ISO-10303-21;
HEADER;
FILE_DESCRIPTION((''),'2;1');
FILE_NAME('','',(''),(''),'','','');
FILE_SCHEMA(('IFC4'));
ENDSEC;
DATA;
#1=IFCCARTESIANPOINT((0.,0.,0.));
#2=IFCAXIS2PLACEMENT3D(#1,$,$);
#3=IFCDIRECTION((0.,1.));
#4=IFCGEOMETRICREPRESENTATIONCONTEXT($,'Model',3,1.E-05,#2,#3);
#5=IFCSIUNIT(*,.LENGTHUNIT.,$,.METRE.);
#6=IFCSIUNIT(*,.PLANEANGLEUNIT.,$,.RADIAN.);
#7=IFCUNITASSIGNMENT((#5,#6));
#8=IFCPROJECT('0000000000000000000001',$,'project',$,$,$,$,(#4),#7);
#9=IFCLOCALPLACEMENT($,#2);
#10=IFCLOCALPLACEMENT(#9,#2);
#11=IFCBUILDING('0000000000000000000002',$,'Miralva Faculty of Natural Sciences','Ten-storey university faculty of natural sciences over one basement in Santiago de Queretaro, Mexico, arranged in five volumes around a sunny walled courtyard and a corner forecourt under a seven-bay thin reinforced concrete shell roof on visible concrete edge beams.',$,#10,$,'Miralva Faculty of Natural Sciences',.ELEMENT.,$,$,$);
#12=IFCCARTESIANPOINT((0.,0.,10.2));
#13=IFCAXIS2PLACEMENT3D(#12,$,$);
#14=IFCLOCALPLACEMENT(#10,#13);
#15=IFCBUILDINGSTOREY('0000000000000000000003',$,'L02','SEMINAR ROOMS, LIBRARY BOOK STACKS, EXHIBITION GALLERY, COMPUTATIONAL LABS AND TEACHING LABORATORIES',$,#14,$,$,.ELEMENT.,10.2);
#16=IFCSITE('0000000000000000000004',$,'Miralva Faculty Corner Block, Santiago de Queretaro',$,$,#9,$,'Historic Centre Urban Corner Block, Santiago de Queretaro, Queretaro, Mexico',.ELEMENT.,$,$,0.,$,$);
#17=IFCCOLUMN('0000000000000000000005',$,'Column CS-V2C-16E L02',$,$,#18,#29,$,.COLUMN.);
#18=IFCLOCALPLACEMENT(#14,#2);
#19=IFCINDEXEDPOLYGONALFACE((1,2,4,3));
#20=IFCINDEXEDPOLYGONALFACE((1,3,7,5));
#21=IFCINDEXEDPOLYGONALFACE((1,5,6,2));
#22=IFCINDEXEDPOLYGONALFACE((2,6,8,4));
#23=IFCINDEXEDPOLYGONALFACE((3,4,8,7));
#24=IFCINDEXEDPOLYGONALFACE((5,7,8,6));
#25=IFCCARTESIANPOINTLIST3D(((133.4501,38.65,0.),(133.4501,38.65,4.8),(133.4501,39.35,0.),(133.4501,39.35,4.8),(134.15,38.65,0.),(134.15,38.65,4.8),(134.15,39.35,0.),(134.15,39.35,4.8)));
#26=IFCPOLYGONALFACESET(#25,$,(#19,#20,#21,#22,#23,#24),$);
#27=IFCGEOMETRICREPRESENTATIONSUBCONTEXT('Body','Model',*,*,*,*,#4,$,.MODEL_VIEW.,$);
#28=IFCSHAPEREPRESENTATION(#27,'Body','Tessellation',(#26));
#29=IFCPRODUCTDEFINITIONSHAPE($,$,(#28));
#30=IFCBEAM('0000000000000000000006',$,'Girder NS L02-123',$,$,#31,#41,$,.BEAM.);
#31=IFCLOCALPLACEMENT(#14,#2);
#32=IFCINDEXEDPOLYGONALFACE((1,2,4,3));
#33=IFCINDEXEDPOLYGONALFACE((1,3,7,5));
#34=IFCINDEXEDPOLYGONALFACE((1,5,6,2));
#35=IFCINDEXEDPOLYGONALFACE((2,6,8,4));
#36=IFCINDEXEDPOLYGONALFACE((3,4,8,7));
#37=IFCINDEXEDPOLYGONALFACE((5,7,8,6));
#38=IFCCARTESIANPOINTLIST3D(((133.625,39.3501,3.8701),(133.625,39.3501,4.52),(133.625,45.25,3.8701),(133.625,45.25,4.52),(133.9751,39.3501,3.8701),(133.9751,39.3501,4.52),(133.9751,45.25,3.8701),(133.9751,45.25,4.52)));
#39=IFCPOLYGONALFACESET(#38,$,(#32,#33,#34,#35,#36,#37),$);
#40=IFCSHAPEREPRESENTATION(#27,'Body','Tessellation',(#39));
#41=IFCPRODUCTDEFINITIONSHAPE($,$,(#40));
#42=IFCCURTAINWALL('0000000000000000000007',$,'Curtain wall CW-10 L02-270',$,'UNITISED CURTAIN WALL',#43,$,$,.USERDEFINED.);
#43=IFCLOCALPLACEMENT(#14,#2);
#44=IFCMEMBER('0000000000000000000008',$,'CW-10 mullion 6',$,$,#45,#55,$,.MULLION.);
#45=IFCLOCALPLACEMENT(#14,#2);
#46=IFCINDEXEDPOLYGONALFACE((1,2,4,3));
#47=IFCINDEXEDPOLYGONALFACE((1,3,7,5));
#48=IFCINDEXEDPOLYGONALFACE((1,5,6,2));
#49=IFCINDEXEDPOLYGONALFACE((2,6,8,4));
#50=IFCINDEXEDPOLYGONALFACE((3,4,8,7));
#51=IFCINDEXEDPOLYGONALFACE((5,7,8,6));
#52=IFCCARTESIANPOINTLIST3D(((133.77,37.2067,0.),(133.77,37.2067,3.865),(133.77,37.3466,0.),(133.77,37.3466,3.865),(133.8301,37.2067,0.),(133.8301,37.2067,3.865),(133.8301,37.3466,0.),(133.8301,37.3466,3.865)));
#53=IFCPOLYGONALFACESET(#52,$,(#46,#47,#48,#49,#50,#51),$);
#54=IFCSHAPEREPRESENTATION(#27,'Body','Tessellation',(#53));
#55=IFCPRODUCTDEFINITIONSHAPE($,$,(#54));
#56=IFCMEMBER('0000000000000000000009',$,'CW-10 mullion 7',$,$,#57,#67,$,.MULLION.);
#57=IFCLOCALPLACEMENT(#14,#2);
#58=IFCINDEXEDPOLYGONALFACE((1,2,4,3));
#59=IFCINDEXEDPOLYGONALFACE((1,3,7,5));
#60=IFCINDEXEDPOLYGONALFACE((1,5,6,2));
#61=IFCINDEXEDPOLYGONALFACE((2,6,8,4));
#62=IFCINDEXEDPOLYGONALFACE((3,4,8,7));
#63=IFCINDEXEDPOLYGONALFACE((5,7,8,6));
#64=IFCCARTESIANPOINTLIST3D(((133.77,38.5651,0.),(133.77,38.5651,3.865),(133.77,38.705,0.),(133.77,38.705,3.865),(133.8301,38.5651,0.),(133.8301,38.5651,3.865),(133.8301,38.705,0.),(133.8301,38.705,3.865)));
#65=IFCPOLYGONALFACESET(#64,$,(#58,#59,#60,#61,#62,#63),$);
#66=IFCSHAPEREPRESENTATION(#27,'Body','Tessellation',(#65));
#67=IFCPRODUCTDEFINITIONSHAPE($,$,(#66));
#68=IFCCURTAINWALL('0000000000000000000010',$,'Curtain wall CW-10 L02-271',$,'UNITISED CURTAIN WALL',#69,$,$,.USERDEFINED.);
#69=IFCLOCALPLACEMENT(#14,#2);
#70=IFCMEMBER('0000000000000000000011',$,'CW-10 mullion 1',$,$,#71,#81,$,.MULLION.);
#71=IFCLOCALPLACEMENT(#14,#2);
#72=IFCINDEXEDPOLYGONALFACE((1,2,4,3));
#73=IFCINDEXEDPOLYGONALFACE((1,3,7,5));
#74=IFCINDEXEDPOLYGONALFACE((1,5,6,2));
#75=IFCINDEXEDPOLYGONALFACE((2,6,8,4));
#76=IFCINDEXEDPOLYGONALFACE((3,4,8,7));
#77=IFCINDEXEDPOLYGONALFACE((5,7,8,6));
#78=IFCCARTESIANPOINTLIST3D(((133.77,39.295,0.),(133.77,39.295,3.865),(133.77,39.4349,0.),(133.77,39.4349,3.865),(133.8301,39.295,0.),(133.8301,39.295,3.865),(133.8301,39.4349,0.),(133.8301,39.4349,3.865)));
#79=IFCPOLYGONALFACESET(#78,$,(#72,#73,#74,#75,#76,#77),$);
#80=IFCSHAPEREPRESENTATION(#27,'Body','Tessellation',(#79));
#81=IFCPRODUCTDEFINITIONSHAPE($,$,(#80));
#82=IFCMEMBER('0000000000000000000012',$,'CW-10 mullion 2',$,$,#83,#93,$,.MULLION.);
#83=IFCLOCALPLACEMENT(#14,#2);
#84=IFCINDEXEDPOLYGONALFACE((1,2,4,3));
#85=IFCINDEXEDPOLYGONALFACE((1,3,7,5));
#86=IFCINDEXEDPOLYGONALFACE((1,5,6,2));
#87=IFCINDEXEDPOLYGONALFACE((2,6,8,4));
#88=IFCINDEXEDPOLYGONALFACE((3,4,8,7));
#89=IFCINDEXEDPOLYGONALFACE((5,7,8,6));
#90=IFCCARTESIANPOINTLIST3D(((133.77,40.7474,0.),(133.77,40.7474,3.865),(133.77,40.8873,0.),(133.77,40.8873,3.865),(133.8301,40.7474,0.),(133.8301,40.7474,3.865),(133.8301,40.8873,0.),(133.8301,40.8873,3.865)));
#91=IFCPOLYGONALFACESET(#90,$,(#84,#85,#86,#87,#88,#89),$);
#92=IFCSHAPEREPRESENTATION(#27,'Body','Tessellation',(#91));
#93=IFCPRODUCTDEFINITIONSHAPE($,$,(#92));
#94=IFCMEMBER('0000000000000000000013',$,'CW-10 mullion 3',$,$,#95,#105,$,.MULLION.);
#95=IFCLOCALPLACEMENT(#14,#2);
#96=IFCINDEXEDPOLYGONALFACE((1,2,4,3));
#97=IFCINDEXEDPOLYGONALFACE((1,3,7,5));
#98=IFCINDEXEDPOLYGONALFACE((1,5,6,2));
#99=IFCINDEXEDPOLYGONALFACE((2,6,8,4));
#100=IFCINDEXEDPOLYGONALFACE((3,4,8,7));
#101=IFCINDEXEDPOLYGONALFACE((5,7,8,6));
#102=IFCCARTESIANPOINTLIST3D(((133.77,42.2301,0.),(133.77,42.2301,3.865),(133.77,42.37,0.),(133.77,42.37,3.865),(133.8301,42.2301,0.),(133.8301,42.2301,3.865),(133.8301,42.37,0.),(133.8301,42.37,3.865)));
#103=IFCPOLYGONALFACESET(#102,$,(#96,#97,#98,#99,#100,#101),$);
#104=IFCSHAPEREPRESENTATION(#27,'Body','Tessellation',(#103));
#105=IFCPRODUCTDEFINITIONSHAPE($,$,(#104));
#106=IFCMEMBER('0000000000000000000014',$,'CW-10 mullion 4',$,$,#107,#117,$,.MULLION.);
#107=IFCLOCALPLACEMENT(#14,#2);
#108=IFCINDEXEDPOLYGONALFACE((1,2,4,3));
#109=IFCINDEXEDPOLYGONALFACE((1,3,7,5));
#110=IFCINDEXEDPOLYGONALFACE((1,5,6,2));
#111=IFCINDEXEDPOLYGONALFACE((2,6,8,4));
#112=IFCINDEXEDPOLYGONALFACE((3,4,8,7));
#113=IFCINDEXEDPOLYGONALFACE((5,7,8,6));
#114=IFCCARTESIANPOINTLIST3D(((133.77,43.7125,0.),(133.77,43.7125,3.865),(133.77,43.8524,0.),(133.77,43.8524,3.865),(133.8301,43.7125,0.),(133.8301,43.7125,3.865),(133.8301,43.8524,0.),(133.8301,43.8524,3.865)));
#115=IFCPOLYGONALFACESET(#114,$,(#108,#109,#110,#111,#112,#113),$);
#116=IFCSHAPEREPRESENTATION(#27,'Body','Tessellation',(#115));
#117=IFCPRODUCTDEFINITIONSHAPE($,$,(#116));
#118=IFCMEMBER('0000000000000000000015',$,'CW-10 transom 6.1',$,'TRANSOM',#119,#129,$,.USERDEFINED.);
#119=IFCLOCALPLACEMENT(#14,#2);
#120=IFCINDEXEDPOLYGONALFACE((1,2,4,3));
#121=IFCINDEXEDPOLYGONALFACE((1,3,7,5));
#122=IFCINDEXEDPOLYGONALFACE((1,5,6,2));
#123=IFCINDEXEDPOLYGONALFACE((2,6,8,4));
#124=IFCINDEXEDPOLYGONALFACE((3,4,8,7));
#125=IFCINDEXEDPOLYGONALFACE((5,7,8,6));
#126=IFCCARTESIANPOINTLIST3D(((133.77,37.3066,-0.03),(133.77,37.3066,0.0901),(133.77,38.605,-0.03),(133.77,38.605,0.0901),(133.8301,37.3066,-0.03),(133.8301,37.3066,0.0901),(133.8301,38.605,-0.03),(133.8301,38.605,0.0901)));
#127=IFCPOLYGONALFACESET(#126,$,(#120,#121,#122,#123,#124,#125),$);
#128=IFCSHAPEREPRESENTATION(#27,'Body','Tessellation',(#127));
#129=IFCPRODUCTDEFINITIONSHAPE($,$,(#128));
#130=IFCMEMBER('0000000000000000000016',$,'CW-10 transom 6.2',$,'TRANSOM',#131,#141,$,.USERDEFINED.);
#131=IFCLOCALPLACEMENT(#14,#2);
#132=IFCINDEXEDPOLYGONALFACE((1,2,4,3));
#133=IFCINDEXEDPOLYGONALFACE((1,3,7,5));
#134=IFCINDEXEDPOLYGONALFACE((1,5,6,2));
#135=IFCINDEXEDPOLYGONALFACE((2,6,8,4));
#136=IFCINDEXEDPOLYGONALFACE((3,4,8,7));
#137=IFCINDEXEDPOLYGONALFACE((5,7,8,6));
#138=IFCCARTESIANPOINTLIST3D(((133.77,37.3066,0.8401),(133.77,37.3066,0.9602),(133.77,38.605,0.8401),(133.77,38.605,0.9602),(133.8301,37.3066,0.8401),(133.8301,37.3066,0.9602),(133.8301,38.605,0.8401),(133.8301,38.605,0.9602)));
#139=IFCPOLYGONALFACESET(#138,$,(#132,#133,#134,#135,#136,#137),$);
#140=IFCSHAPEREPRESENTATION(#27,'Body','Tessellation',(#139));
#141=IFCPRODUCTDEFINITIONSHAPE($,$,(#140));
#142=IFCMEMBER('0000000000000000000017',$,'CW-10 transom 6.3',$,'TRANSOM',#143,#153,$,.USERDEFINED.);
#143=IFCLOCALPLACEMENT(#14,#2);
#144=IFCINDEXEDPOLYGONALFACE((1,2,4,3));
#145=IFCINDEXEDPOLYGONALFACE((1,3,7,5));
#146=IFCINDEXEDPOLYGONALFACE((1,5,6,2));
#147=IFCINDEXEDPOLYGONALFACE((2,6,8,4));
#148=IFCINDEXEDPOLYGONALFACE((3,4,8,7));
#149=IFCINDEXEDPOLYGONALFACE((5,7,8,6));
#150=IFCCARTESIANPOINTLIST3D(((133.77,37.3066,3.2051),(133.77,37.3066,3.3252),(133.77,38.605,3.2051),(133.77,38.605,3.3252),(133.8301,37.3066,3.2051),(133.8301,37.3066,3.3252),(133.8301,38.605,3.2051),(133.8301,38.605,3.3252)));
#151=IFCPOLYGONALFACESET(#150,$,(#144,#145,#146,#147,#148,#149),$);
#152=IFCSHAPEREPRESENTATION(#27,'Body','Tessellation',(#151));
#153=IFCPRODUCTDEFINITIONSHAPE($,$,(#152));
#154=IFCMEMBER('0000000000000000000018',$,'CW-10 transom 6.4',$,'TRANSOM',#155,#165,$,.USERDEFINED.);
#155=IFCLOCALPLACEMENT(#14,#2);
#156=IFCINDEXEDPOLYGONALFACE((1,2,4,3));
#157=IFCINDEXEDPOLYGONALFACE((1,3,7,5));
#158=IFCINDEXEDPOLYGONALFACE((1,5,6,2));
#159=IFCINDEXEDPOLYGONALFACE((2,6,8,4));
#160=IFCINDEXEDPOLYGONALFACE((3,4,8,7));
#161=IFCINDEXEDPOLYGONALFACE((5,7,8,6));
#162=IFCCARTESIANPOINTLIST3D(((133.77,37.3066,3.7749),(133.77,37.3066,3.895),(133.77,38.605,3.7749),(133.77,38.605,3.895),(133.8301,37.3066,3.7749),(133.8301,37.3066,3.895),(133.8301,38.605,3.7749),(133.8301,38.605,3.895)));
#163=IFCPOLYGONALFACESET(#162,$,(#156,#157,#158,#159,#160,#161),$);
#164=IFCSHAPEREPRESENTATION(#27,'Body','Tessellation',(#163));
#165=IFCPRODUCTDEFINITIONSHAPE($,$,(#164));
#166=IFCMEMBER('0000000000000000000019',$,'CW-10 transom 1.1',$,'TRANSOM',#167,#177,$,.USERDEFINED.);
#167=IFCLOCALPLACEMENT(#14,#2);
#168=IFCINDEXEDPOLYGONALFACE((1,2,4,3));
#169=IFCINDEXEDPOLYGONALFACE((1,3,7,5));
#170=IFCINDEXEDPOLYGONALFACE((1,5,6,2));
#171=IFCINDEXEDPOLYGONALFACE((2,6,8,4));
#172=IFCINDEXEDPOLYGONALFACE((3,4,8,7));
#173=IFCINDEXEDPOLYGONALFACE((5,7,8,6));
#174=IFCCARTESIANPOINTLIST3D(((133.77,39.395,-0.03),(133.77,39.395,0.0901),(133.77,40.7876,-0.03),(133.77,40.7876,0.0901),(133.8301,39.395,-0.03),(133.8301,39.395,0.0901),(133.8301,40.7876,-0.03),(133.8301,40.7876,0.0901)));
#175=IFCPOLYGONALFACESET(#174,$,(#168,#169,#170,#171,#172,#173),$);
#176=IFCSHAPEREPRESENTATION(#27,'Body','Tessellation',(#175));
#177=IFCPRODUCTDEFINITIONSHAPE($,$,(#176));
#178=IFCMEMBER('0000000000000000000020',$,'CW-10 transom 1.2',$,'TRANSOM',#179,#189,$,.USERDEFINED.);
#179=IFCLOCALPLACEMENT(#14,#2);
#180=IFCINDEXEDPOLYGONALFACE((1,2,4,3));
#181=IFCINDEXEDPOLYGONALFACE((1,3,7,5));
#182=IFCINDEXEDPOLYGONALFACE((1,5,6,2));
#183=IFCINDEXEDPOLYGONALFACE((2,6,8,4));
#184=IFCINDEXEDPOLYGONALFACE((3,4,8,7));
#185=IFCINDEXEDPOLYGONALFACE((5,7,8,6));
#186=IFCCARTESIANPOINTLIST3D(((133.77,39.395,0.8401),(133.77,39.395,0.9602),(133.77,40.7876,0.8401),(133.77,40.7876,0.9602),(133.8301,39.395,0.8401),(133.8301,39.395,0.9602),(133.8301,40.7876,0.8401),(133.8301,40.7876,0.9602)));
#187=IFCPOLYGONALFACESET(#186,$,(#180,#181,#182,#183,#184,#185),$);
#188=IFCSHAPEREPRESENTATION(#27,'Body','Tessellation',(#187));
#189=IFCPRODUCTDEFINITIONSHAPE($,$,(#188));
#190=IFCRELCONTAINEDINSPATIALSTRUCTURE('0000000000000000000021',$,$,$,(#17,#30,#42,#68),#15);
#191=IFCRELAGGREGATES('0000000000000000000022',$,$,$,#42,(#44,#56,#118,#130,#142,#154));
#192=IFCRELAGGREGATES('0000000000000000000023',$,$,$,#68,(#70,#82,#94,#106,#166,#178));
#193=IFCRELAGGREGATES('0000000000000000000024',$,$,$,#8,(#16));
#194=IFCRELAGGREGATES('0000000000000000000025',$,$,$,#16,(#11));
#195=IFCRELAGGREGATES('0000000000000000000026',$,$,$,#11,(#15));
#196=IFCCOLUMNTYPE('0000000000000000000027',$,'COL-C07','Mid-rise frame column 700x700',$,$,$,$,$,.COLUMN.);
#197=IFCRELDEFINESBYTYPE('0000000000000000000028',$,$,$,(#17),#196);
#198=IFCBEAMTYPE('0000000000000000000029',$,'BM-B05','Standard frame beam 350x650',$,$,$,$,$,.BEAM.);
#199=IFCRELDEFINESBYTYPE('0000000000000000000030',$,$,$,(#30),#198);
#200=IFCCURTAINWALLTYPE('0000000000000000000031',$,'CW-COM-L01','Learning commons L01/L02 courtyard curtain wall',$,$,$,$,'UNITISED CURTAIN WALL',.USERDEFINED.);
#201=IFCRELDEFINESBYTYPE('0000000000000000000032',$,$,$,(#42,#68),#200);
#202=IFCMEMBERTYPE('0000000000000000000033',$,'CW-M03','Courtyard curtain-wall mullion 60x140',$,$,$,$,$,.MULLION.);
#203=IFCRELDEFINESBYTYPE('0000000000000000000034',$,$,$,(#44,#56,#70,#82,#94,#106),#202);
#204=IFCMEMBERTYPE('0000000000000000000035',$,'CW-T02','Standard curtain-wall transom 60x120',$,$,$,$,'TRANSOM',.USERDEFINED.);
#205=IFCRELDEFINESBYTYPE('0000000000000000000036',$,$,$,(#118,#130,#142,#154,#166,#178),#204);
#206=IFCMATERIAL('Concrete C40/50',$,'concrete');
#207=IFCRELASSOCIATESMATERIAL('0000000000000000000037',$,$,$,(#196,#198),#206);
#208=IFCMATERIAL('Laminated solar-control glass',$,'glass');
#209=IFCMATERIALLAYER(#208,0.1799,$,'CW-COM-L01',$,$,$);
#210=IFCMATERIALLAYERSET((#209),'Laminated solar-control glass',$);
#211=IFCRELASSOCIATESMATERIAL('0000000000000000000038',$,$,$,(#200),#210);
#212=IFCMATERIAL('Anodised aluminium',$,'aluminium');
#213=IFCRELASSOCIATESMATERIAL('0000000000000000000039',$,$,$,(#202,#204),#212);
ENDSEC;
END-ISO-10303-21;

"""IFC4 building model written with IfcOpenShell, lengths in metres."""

from ifc_helpers import new_model, si_unit, direction, frame, origin, origin_2d, place, context, subcontext, project, spatial, rectangle, extrude, material, layer, layer_set, material_profile, profile_set, type_object, element, aggregate, save


model = new_model("IFC4")

# Units and contexts
model_context = context("Model", 3, precision=1e-05, world=origin(), true_north=direction((0.0, 1.0)))
body_context = subcontext(model_context, "Body", "Model", "MODEL_VIEW")
ifc_project = project(units=[si_unit("LENGTHUNIT", "METRE"), si_unit("PLANEANGLEUNIT", "RADIAN")], contexts=[model_context])

# Site, building, storey
site_placement = place(None, origin())
site = spatial("IfcSite", under=ifc_project, at=site_placement, Name="Miralva Faculty Corner Block, Santiago de Queretaro", LongName="Historic Centre Urban Corner Block, Santiago de Queretaro, Queretaro, Mexico", CompositionType="ELEMENT", RefElevation=0.0)
building_placement = place(site_placement, origin())
building = spatial("IfcBuilding", under=site, at=building_placement, Name="Miralva Faculty of Natural Sciences", Description="Ten-storey university faculty of natural sciences over one basement in Santiago de Queretaro, Mexico, arranged in five volumes around a sunny walled courtyard and a corner forecourt under a seven-bay thin reinforced concrete shell roof on visible concrete edge beams.", LongName="Miralva Faculty of Natural Sciences", CompositionType="ELEMENT")
storey_placement = place(building_placement, frame((0.0, 0.0, 10.2)))
storey = spatial("IfcBuildingStorey", under=building, at=storey_placement, Name="L02", Description="SEMINAR ROOMS, LIBRARY BOOK STACKS, EXHIBITION GALLERY, COMPUTATIONAL LABS AND TEACHING LABORATORIES", CompositionType="ELEMENT", Elevation=10.2)

# Column
ifc_material_1 = material(Name="Concrete C40/50", Category="concrete")
ifc_material_profile_1 = material_profile(ifc_material_1, rectangle(XDim=0.7, YDim=0.7, at=origin_2d()), Name="RC 700x700")
ifc_profile_set_1 = profile_set([ifc_material_profile_1], Name="Concrete C40/50")
column_type = type_object("IfcColumnType", Name="COL-C07", Description="Mid-rise frame column 700x700", PredefinedType="COLUMN", material=ifc_profile_set_1)
column_placement = place(storey_placement, frame((133.8, 39.0, 0.0), z_axis=(0.0, 0.0, 1.0), x_axis=(1.0, 0.0, 0.0)))
element("IfcColumn", 1, at=column_placement, inside=storey, type_object=column_type, Name="Column CS-V2C-16E L02", PredefinedType="COLUMN", context=body_context, shape_type="SweptSolid", body=[
    extrude(rectangle(XDim=0.7, YDim=0.7, at=origin_2d()), origin(), (0.0, 0.0, 1.0), 4.8),
])

# Beam
ifc_material_profile_2 = material_profile(ifc_material_1, rectangle(XDim=0.3501, YDim=0.6499, at=origin_2d()), Name="RC 350x650")
ifc_profile_set_2 = profile_set([ifc_material_profile_2], Name="Concrete C40/50")
beam_type = type_object("IfcBeamType", Name="BM-B05", Description="Standard frame beam 350x650", PredefinedType="BEAM", material=ifc_profile_set_2)
beam_placement = place(storey_placement, frame((133.8, 39.3501, 4.1951), z_axis=(0.0, 1.0, 0.0), x_axis=(-1.0, 0.0, 0.0)))
element("IfcBeam", 2, at=beam_placement, inside=storey, type_object=beam_type, Name="Girder NS L02-123", PredefinedType="BEAM", context=body_context, shape_type="SweptSolid", body=[
    extrude(rectangle(XDim=0.3501, YDim=0.6499, at=origin_2d()), origin(), (0.0, 0.0, 1.0), 5.8999),
])

# Curtain walls, members
ifc_material_2 = material(Name="Laminated solar-control glass", Category="glass")
ifc_layer_1 = layer(ifc_material_2, 0.1799, Name="CW-COM-L01")
ifc_layer_set_1 = layer_set([ifc_layer_1], Name="Laminated solar-control glass")
curtain_wall_type = type_object("IfcCurtainWallType", Name="CW-COM-L01", Description="Learning commons L01/L02 courtyard curtain wall", ElementType="UNITISED CURTAIN WALL", PredefinedType="USERDEFINED", material=ifc_layer_set_1)
curtain_wall_1_placement = place(storey_placement, origin())
curtain_wall_1 = element("IfcCurtainWall", 3, at=curtain_wall_1_placement, inside=storey, type_object=curtain_wall_type, Name="Curtain wall CW-10 L02-270", ObjectType="UNITISED CURTAIN WALL", PredefinedType="USERDEFINED")
ifc_material_3 = material(Name="Anodised aluminium", Category="aluminium")
ifc_material_profile_3 = material_profile(ifc_material_3, rectangle(XDim=0.0601, YDim=0.1399, at=origin_2d()), Name="MULLION 60x140")
ifc_profile_set_3 = profile_set([ifc_material_profile_3], Name="Anodised aluminium")
member_type_1 = type_object("IfcMemberType", Name="CW-M03", Description="Courtyard curtain-wall mullion 60x140", PredefinedType="MULLION", material=ifc_profile_set_3)
member_1_placement = place(storey_placement, frame((133.8, 37.2766, 0.0), z_axis=(0.0, 0.0, 1.0), x_axis=(-1.0, 0.0, 0.0)))
member_1 = element("IfcMember", 4, at=member_1_placement, type_object=member_type_1, Name="CW-10 mullion 6", PredefinedType="MULLION", context=body_context, shape_type="SweptSolid", body=[
    extrude(rectangle(XDim=0.0601, YDim=0.1399, at=origin_2d()), origin(), (0.0, 0.0, 1.0), 3.865),
])
member_2_placement = place(storey_placement, frame((133.8, 38.635, 0.0), z_axis=(0.0, 0.0, 1.0), x_axis=(-1.0, 0.0, 0.0)))
member_2 = element("IfcMember", 5, at=member_2_placement, type_object=member_type_1, Name="CW-10 mullion 7", PredefinedType="MULLION", context=body_context, shape_type="SweptSolid", body=[
    extrude(rectangle(XDim=0.0601, YDim=0.1399, at=origin_2d()), origin(), (0.0, 0.0, 1.0), 3.865),
])
curtain_wall_2_placement = place(storey_placement, origin())
curtain_wall_2 = element("IfcCurtainWall", 6, at=curtain_wall_2_placement, inside=storey, type_object=curtain_wall_type, Name="Curtain wall CW-10 L02-271", ObjectType="UNITISED CURTAIN WALL", PredefinedType="USERDEFINED")
member_3_placement = place(storey_placement, frame((133.8, 39.365, 0.0), z_axis=(0.0, 0.0, 1.0), x_axis=(-1.0, 0.0, 0.0)))
member_3 = element("IfcMember", 7, at=member_3_placement, type_object=member_type_1, Name="CW-10 mullion 1", PredefinedType="MULLION", context=body_context, shape_type="SweptSolid", body=[
    extrude(rectangle(XDim=0.0601, YDim=0.1399, at=origin_2d()), origin(), (0.0, 0.0, 1.0), 3.865),
])
member_4_placement = place(storey_placement, frame((133.8, 40.8174, 0.0), z_axis=(0.0, 0.0, 1.0), x_axis=(-1.0, 0.0, 0.0)))
member_4 = element("IfcMember", 8, at=member_4_placement, type_object=member_type_1, Name="CW-10 mullion 2", PredefinedType="MULLION", context=body_context, shape_type="SweptSolid", body=[
    extrude(rectangle(XDim=0.0601, YDim=0.1399, at=origin_2d()), origin(), (0.0, 0.0, 1.0), 3.865),
])
member_5_placement = place(storey_placement, frame((133.8, 42.3, 0.0), z_axis=(0.0, 0.0, 1.0), x_axis=(-1.0, 0.0, 0.0)))
member_5 = element("IfcMember", 9, at=member_5_placement, type_object=member_type_1, Name="CW-10 mullion 3", PredefinedType="MULLION", context=body_context, shape_type="SweptSolid", body=[
    extrude(rectangle(XDim=0.0601, YDim=0.1399, at=origin_2d()), origin(), (0.0, 0.0, 1.0), 3.865),
])
member_6_placement = place(storey_placement, frame((133.8, 43.7825, 0.0), z_axis=(0.0, 0.0, 1.0), x_axis=(-1.0, 0.0, 0.0)))
member_6 = element("IfcMember", 10, at=member_6_placement, type_object=member_type_1, Name="CW-10 mullion 4", PredefinedType="MULLION", context=body_context, shape_type="SweptSolid", body=[
    extrude(rectangle(XDim=0.0601, YDim=0.1399, at=origin_2d()), origin(), (0.0, 0.0, 1.0), 3.865),
])

# Members
ifc_material_profile_4 = material_profile(ifc_material_3, rectangle(XDim=0.0601, YDim=0.1201, at=origin_2d()), Name="TRANSOM 60x120")
ifc_profile_set_4 = profile_set([ifc_material_profile_4], Name="Anodised aluminium")
member_type_2 = type_object("IfcMemberType", Name="CW-T02", Description="Standard curtain-wall transom 60x120", ElementType="TRANSOM", PredefinedType="USERDEFINED", material=ifc_profile_set_4)
member_7_placement = place(storey_placement, frame((133.8, 37.3066, 0.03), z_axis=(0.0, 1.0, 0.0), x_axis=(-1.0, 0.0, 0.0)))
member_7 = element("IfcMember", 11, at=member_7_placement, type_object=member_type_2, Name="CW-10 transom 6.1", ObjectType="TRANSOM", PredefinedType="USERDEFINED", context=body_context, shape_type="SweptSolid", body=[
    extrude(rectangle(XDim=0.0601, YDim=0.1201, at=origin_2d()), origin(), (0.0, 0.0, 1.0), 1.2983),
])
member_8_placement = place(storey_placement, frame((133.8, 37.3066, 0.9001), z_axis=(0.0, 1.0, 0.0), x_axis=(-1.0, 0.0, 0.0)))
member_8 = element("IfcMember", 12, at=member_8_placement, type_object=member_type_2, Name="CW-10 transom 6.2", ObjectType="TRANSOM", PredefinedType="USERDEFINED", context=body_context, shape_type="SweptSolid", body=[
    extrude(rectangle(XDim=0.0601, YDim=0.1201, at=origin_2d()), origin(), (0.0, 0.0, 1.0), 1.2983),
])
member_9_placement = place(storey_placement, frame((133.8, 37.3066, 3.2651), z_axis=(0.0, 1.0, 0.0), x_axis=(-1.0, 0.0, 0.0)))
member_9 = element("IfcMember", 13, at=member_9_placement, type_object=member_type_2, Name="CW-10 transom 6.3", ObjectType="TRANSOM", PredefinedType="USERDEFINED", context=body_context, shape_type="SweptSolid", body=[
    extrude(rectangle(XDim=0.0601, YDim=0.1201, at=origin_2d()), origin(), (0.0, 0.0, 1.0), 1.2983),
])
member_10_placement = place(storey_placement, frame((133.8, 37.3066, 3.835), z_axis=(0.0, 1.0, 0.0), x_axis=(-1.0, 0.0, 0.0)))
member_10 = element("IfcMember", 14, at=member_10_placement, type_object=member_type_2, Name="CW-10 transom 6.4", ObjectType="TRANSOM", PredefinedType="USERDEFINED", context=body_context, shape_type="SweptSolid", body=[
    extrude(rectangle(XDim=0.0601, YDim=0.1201, at=origin_2d()), origin(), (0.0, 0.0, 1.0), 1.2983),
])
member_11_placement = place(storey_placement, frame((133.8, 39.395, 0.03), z_axis=(0.0, 1.0, 0.0), x_axis=(-1.0, 0.0, 0.0)))
member_11 = element("IfcMember", 15, at=member_11_placement, type_object=member_type_2, Name="CW-10 transom 1.1", ObjectType="TRANSOM", PredefinedType="USERDEFINED", context=body_context, shape_type="SweptSolid", body=[
    extrude(rectangle(XDim=0.0601, YDim=0.1201, at=origin_2d()), origin(), (0.0, 0.0, 1.0), 1.3926),
])
member_12_placement = place(storey_placement, frame((133.8, 39.395, 0.9001), z_axis=(0.0, 1.0, 0.0), x_axis=(-1.0, 0.0, 0.0)))
member_12 = element("IfcMember", 16, at=member_12_placement, type_object=member_type_2, Name="CW-10 transom 1.2", ObjectType="TRANSOM", PredefinedType="USERDEFINED", context=body_context, shape_type="SweptSolid", body=[
    extrude(rectangle(XDim=0.0601, YDim=0.1201, at=origin_2d()), origin(), (0.0, 0.0, 1.0), 1.3926),
])

aggregate(curtain_wall_1, [member_1, member_2, member_7, member_8, member_9, member_10])
aggregate(curtain_wall_2, [member_3, member_4, member_5, member_6, member_11, member_12])

save(model, "model.ifc")
